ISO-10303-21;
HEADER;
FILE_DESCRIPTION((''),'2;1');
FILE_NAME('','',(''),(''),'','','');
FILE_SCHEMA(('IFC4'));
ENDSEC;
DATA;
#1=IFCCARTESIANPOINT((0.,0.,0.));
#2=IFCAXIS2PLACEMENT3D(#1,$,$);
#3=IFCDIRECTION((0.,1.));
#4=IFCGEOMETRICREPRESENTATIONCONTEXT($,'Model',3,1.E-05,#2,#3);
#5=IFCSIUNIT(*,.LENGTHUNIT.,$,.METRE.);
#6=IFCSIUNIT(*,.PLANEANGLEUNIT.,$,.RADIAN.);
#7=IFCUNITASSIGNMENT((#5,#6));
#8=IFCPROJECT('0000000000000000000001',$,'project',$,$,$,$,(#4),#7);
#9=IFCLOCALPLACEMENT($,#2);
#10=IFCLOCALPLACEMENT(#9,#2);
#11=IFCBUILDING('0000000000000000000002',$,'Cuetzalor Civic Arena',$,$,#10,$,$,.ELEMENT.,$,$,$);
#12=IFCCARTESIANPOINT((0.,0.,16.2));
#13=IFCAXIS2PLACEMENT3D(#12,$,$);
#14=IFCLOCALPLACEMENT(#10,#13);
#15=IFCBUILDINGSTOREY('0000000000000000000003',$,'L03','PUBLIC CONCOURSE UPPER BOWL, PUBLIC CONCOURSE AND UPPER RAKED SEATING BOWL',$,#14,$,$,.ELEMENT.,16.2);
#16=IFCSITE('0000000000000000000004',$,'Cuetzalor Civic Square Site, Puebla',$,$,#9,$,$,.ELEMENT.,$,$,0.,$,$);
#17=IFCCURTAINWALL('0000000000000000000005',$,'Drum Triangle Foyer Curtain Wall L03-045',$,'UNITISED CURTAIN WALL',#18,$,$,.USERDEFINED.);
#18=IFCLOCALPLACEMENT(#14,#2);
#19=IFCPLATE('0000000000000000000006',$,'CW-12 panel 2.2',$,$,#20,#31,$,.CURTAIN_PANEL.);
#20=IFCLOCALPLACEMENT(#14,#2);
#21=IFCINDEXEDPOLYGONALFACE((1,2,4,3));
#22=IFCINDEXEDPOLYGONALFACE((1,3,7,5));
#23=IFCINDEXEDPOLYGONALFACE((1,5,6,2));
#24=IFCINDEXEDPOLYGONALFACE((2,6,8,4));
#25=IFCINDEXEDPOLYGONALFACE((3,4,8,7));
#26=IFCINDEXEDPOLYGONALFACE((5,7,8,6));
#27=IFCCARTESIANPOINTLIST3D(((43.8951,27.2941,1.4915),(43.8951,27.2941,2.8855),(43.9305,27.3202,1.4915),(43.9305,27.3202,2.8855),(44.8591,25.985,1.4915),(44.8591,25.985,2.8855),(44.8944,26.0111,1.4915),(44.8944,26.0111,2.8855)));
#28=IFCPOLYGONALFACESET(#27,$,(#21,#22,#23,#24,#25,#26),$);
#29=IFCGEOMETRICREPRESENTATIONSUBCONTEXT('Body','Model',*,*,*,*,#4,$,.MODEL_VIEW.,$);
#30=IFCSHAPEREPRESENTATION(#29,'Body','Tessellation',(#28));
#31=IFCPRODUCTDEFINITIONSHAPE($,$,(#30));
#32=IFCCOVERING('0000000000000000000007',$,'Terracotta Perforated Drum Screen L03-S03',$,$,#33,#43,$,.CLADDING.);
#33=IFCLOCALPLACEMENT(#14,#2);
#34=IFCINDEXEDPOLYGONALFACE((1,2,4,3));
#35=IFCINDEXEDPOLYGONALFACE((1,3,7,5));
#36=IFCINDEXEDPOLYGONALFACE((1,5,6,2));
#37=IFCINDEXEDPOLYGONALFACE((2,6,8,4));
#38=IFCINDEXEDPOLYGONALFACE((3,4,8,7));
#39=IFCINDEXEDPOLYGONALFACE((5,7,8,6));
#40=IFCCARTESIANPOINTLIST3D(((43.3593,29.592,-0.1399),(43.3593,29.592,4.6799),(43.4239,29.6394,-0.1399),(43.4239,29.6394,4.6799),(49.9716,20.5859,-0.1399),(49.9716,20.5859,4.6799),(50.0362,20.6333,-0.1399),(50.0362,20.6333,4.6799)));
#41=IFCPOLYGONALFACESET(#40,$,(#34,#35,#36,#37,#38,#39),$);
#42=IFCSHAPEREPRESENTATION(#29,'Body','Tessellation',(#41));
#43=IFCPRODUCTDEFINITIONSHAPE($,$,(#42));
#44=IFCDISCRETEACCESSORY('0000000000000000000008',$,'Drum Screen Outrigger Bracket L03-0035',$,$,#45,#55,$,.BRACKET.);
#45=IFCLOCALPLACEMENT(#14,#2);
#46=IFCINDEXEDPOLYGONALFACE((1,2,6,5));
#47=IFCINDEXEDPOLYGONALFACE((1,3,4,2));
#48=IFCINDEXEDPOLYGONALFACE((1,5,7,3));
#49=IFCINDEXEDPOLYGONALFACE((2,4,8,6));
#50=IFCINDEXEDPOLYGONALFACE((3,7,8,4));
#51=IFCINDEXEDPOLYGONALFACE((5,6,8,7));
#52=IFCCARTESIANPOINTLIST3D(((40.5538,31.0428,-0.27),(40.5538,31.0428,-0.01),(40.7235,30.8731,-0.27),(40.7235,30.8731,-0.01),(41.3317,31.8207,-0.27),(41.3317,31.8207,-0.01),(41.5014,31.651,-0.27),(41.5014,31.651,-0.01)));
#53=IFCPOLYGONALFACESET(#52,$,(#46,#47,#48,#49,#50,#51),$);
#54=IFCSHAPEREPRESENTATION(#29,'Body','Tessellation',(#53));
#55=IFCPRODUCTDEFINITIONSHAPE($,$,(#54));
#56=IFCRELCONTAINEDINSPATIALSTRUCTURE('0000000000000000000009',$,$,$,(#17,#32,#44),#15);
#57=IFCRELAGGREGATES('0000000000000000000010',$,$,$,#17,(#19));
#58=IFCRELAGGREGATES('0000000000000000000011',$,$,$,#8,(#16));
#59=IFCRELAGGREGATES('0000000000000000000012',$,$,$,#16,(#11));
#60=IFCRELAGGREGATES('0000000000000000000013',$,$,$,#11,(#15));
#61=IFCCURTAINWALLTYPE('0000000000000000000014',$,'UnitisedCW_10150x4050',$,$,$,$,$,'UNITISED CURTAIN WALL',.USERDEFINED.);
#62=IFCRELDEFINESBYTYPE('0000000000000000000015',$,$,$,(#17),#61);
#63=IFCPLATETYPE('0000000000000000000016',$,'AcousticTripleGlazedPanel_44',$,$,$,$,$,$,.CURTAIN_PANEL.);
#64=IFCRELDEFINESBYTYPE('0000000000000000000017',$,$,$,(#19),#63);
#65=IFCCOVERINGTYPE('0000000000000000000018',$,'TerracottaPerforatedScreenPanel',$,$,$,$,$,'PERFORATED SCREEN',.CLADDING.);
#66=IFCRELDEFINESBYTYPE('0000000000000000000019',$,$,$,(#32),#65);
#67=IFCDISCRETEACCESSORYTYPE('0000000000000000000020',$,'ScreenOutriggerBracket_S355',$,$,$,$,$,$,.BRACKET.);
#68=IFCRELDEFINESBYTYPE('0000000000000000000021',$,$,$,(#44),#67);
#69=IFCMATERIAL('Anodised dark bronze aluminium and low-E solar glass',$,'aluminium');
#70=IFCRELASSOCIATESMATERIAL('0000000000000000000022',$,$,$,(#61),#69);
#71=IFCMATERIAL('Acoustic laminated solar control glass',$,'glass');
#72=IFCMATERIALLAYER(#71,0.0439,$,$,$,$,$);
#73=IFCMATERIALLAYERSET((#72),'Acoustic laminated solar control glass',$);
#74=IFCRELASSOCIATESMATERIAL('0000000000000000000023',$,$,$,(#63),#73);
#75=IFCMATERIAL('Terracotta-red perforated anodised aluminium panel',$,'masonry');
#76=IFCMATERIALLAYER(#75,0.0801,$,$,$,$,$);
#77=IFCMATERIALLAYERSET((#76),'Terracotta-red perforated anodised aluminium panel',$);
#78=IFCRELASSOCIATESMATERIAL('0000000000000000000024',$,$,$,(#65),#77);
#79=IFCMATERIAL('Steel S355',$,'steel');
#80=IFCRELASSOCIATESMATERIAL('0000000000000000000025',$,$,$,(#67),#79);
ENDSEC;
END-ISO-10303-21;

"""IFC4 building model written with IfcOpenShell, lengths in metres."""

from ifc_helpers import new_model, si_unit, direction, frame, frame_2d, origin, origin_2d, place, context, subcontext, project, spatial, rectangle, extrude, material, layer, layer_set, type_object, element, aggregate, save


model = new_model("IFC4")

# Units and contexts
model_context = context("Model", 3, precision=1e-05, world=origin(), true_north=direction((0.0, 1.0)))
body_context = subcontext(model_context, "Body", "Model", "MODEL_VIEW")
ifc_project = project(units=[si_unit("LENGTHUNIT", "METRE"), si_unit("PLANEANGLEUNIT", "RADIAN")], contexts=[model_context])

# Site, building, storey
site_placement = place(None, origin())
site = spatial("IfcSite", under=ifc_project, at=site_placement, Name="Cuetzalor Civic Square Site, Puebla", CompositionType="ELEMENT", RefElevation=0.0)
building_placement = place(site_placement, origin())
building = spatial("IfcBuilding", under=site, at=building_placement, Name="Cuetzalor Civic Arena", CompositionType="ELEMENT")
storey_placement = place(building_placement, frame((0.0, 0.0, 16.2)))
storey = spatial("IfcBuildingStorey", under=building, at=storey_placement, Name="L03", Description="PUBLIC CONCOURSE UPPER BOWL, PUBLIC CONCOURSE AND UPPER RAKED SEATING BOWL", CompositionType="ELEMENT", Elevation=16.2)

# Curtain wall
ifc_material_1 = material(Name="Anodised dark bronze aluminium and low-E solar glass", Category="aluminium")
curtain_wall_type = type_object("IfcCurtainWallType", Name="UnitisedCW_10150x4050", ElementType="UNITISED CURTAIN WALL", PredefinedType="USERDEFINED", material=ifc_material_1)
curtain_wall_placement = place(storey_placement, origin())
curtain_wall = element("IfcCurtainWall", 1, at=curtain_wall_placement, inside=storey, type_object=curtain_wall_type, Name="Drum Triangle Foyer Curtain Wall L03-045", ObjectType="UNITISED CURTAIN WALL", PredefinedType="USERDEFINED")

# Plate
ifc_material_2 = material(Name="Acoustic laminated solar control glass", Category="glass")
ifc_layer_1 = layer(ifc_material_2, 0.0439)
ifc_layer_set_1 = layer_set([ifc_layer_1], Name="Acoustic laminated solar control glass")
plate_type = type_object("IfcPlateType", Name="AcousticTripleGlazedPanel_44", PredefinedType="CURTAIN_PANEL", material=ifc_layer_set_1)
plate_1_placement = place(storey_placement, frame((44.3948, 26.6526, 1.4915), z_axis=(0.0, 0.0, 1.0), x_axis=(0.592929, -0.805255, 0.0)))
plate_1 = element("IfcPlate", 2, at=plate_1_placement, type_object=plate_type, Name="CW-12 panel 2.2", PredefinedType="CURTAIN_PANEL", context=body_context, shape_type="SweptSolid", body=[
    extrude(rectangle(XDim=1.6257, YDim=0.0439, at=origin_2d()), origin(), (0.0, 0.0, 1.0), 1.394),
])
aggregate(curtain_wall, [plate_1])

# Covering
ifc_material_3 = material(Name="Terracotta-red perforated anodised aluminium panel", Category="masonry")
ifc_layer_2 = layer(ifc_material_3, 0.0801)
ifc_layer_set_2 = layer_set([ifc_layer_2], Name="Terracotta-red perforated anodised aluminium panel")
covering_type = type_object("IfcCoveringType", Name="TerracottaPerforatedScreenPanel", ElementType="PERFORATED SCREEN", PredefinedType="CLADDING", material=ifc_layer_set_2)
covering_placement = place(storey_placement, frame((43.3916, 29.6157, -0.1399), z_axis=(0.0, 0.0, 1.0), x_axis=(0.591819, -0.806071, 0.0)))
element("IfcCovering", 3, at=covering_placement, inside=storey, type_object=covering_type, Name="Terracotta Perforated Drum Screen L03-S03", PredefinedType="CLADDING", context=body_context, shape_type="SweptSolid", body=[
    extrude(rectangle(XDim=11.1729, YDim=0.0801, at=frame_2d((5.5864, 0.0))), origin(), (0.0, 0.0, 1.0), 4.8198),
])

# Discrete accessory
ifc_material_4 = material(Name="Steel S355", Category="steel")
discrete_accessory_type = type_object("IfcDiscreteAccessoryType", Name="ScreenOutriggerBracket_S355", PredefinedType="BRACKET", material=ifc_material_4)
discrete_accessory_placement = place(storey_placement, frame((41.0276, 31.3469, -0.27), z_axis=(0.0, 0.0, 1.0), x_axis=(0.707107, 0.707107, 0.0)))
element("IfcDiscreteAccessory", 4, at=discrete_accessory_placement, inside=storey, type_object=discrete_accessory_type, Name="Drum Screen Outrigger Bracket L03-0035", PredefinedType="BRACKET", context=body_context, shape_type="SweptSolid", body=[
    extrude(rectangle(XDim=1.1001, YDim=0.24, at=origin_2d()), origin(), (0.0, 0.0, 1.0), 0.26),
])

save(model, "model.ifc")
